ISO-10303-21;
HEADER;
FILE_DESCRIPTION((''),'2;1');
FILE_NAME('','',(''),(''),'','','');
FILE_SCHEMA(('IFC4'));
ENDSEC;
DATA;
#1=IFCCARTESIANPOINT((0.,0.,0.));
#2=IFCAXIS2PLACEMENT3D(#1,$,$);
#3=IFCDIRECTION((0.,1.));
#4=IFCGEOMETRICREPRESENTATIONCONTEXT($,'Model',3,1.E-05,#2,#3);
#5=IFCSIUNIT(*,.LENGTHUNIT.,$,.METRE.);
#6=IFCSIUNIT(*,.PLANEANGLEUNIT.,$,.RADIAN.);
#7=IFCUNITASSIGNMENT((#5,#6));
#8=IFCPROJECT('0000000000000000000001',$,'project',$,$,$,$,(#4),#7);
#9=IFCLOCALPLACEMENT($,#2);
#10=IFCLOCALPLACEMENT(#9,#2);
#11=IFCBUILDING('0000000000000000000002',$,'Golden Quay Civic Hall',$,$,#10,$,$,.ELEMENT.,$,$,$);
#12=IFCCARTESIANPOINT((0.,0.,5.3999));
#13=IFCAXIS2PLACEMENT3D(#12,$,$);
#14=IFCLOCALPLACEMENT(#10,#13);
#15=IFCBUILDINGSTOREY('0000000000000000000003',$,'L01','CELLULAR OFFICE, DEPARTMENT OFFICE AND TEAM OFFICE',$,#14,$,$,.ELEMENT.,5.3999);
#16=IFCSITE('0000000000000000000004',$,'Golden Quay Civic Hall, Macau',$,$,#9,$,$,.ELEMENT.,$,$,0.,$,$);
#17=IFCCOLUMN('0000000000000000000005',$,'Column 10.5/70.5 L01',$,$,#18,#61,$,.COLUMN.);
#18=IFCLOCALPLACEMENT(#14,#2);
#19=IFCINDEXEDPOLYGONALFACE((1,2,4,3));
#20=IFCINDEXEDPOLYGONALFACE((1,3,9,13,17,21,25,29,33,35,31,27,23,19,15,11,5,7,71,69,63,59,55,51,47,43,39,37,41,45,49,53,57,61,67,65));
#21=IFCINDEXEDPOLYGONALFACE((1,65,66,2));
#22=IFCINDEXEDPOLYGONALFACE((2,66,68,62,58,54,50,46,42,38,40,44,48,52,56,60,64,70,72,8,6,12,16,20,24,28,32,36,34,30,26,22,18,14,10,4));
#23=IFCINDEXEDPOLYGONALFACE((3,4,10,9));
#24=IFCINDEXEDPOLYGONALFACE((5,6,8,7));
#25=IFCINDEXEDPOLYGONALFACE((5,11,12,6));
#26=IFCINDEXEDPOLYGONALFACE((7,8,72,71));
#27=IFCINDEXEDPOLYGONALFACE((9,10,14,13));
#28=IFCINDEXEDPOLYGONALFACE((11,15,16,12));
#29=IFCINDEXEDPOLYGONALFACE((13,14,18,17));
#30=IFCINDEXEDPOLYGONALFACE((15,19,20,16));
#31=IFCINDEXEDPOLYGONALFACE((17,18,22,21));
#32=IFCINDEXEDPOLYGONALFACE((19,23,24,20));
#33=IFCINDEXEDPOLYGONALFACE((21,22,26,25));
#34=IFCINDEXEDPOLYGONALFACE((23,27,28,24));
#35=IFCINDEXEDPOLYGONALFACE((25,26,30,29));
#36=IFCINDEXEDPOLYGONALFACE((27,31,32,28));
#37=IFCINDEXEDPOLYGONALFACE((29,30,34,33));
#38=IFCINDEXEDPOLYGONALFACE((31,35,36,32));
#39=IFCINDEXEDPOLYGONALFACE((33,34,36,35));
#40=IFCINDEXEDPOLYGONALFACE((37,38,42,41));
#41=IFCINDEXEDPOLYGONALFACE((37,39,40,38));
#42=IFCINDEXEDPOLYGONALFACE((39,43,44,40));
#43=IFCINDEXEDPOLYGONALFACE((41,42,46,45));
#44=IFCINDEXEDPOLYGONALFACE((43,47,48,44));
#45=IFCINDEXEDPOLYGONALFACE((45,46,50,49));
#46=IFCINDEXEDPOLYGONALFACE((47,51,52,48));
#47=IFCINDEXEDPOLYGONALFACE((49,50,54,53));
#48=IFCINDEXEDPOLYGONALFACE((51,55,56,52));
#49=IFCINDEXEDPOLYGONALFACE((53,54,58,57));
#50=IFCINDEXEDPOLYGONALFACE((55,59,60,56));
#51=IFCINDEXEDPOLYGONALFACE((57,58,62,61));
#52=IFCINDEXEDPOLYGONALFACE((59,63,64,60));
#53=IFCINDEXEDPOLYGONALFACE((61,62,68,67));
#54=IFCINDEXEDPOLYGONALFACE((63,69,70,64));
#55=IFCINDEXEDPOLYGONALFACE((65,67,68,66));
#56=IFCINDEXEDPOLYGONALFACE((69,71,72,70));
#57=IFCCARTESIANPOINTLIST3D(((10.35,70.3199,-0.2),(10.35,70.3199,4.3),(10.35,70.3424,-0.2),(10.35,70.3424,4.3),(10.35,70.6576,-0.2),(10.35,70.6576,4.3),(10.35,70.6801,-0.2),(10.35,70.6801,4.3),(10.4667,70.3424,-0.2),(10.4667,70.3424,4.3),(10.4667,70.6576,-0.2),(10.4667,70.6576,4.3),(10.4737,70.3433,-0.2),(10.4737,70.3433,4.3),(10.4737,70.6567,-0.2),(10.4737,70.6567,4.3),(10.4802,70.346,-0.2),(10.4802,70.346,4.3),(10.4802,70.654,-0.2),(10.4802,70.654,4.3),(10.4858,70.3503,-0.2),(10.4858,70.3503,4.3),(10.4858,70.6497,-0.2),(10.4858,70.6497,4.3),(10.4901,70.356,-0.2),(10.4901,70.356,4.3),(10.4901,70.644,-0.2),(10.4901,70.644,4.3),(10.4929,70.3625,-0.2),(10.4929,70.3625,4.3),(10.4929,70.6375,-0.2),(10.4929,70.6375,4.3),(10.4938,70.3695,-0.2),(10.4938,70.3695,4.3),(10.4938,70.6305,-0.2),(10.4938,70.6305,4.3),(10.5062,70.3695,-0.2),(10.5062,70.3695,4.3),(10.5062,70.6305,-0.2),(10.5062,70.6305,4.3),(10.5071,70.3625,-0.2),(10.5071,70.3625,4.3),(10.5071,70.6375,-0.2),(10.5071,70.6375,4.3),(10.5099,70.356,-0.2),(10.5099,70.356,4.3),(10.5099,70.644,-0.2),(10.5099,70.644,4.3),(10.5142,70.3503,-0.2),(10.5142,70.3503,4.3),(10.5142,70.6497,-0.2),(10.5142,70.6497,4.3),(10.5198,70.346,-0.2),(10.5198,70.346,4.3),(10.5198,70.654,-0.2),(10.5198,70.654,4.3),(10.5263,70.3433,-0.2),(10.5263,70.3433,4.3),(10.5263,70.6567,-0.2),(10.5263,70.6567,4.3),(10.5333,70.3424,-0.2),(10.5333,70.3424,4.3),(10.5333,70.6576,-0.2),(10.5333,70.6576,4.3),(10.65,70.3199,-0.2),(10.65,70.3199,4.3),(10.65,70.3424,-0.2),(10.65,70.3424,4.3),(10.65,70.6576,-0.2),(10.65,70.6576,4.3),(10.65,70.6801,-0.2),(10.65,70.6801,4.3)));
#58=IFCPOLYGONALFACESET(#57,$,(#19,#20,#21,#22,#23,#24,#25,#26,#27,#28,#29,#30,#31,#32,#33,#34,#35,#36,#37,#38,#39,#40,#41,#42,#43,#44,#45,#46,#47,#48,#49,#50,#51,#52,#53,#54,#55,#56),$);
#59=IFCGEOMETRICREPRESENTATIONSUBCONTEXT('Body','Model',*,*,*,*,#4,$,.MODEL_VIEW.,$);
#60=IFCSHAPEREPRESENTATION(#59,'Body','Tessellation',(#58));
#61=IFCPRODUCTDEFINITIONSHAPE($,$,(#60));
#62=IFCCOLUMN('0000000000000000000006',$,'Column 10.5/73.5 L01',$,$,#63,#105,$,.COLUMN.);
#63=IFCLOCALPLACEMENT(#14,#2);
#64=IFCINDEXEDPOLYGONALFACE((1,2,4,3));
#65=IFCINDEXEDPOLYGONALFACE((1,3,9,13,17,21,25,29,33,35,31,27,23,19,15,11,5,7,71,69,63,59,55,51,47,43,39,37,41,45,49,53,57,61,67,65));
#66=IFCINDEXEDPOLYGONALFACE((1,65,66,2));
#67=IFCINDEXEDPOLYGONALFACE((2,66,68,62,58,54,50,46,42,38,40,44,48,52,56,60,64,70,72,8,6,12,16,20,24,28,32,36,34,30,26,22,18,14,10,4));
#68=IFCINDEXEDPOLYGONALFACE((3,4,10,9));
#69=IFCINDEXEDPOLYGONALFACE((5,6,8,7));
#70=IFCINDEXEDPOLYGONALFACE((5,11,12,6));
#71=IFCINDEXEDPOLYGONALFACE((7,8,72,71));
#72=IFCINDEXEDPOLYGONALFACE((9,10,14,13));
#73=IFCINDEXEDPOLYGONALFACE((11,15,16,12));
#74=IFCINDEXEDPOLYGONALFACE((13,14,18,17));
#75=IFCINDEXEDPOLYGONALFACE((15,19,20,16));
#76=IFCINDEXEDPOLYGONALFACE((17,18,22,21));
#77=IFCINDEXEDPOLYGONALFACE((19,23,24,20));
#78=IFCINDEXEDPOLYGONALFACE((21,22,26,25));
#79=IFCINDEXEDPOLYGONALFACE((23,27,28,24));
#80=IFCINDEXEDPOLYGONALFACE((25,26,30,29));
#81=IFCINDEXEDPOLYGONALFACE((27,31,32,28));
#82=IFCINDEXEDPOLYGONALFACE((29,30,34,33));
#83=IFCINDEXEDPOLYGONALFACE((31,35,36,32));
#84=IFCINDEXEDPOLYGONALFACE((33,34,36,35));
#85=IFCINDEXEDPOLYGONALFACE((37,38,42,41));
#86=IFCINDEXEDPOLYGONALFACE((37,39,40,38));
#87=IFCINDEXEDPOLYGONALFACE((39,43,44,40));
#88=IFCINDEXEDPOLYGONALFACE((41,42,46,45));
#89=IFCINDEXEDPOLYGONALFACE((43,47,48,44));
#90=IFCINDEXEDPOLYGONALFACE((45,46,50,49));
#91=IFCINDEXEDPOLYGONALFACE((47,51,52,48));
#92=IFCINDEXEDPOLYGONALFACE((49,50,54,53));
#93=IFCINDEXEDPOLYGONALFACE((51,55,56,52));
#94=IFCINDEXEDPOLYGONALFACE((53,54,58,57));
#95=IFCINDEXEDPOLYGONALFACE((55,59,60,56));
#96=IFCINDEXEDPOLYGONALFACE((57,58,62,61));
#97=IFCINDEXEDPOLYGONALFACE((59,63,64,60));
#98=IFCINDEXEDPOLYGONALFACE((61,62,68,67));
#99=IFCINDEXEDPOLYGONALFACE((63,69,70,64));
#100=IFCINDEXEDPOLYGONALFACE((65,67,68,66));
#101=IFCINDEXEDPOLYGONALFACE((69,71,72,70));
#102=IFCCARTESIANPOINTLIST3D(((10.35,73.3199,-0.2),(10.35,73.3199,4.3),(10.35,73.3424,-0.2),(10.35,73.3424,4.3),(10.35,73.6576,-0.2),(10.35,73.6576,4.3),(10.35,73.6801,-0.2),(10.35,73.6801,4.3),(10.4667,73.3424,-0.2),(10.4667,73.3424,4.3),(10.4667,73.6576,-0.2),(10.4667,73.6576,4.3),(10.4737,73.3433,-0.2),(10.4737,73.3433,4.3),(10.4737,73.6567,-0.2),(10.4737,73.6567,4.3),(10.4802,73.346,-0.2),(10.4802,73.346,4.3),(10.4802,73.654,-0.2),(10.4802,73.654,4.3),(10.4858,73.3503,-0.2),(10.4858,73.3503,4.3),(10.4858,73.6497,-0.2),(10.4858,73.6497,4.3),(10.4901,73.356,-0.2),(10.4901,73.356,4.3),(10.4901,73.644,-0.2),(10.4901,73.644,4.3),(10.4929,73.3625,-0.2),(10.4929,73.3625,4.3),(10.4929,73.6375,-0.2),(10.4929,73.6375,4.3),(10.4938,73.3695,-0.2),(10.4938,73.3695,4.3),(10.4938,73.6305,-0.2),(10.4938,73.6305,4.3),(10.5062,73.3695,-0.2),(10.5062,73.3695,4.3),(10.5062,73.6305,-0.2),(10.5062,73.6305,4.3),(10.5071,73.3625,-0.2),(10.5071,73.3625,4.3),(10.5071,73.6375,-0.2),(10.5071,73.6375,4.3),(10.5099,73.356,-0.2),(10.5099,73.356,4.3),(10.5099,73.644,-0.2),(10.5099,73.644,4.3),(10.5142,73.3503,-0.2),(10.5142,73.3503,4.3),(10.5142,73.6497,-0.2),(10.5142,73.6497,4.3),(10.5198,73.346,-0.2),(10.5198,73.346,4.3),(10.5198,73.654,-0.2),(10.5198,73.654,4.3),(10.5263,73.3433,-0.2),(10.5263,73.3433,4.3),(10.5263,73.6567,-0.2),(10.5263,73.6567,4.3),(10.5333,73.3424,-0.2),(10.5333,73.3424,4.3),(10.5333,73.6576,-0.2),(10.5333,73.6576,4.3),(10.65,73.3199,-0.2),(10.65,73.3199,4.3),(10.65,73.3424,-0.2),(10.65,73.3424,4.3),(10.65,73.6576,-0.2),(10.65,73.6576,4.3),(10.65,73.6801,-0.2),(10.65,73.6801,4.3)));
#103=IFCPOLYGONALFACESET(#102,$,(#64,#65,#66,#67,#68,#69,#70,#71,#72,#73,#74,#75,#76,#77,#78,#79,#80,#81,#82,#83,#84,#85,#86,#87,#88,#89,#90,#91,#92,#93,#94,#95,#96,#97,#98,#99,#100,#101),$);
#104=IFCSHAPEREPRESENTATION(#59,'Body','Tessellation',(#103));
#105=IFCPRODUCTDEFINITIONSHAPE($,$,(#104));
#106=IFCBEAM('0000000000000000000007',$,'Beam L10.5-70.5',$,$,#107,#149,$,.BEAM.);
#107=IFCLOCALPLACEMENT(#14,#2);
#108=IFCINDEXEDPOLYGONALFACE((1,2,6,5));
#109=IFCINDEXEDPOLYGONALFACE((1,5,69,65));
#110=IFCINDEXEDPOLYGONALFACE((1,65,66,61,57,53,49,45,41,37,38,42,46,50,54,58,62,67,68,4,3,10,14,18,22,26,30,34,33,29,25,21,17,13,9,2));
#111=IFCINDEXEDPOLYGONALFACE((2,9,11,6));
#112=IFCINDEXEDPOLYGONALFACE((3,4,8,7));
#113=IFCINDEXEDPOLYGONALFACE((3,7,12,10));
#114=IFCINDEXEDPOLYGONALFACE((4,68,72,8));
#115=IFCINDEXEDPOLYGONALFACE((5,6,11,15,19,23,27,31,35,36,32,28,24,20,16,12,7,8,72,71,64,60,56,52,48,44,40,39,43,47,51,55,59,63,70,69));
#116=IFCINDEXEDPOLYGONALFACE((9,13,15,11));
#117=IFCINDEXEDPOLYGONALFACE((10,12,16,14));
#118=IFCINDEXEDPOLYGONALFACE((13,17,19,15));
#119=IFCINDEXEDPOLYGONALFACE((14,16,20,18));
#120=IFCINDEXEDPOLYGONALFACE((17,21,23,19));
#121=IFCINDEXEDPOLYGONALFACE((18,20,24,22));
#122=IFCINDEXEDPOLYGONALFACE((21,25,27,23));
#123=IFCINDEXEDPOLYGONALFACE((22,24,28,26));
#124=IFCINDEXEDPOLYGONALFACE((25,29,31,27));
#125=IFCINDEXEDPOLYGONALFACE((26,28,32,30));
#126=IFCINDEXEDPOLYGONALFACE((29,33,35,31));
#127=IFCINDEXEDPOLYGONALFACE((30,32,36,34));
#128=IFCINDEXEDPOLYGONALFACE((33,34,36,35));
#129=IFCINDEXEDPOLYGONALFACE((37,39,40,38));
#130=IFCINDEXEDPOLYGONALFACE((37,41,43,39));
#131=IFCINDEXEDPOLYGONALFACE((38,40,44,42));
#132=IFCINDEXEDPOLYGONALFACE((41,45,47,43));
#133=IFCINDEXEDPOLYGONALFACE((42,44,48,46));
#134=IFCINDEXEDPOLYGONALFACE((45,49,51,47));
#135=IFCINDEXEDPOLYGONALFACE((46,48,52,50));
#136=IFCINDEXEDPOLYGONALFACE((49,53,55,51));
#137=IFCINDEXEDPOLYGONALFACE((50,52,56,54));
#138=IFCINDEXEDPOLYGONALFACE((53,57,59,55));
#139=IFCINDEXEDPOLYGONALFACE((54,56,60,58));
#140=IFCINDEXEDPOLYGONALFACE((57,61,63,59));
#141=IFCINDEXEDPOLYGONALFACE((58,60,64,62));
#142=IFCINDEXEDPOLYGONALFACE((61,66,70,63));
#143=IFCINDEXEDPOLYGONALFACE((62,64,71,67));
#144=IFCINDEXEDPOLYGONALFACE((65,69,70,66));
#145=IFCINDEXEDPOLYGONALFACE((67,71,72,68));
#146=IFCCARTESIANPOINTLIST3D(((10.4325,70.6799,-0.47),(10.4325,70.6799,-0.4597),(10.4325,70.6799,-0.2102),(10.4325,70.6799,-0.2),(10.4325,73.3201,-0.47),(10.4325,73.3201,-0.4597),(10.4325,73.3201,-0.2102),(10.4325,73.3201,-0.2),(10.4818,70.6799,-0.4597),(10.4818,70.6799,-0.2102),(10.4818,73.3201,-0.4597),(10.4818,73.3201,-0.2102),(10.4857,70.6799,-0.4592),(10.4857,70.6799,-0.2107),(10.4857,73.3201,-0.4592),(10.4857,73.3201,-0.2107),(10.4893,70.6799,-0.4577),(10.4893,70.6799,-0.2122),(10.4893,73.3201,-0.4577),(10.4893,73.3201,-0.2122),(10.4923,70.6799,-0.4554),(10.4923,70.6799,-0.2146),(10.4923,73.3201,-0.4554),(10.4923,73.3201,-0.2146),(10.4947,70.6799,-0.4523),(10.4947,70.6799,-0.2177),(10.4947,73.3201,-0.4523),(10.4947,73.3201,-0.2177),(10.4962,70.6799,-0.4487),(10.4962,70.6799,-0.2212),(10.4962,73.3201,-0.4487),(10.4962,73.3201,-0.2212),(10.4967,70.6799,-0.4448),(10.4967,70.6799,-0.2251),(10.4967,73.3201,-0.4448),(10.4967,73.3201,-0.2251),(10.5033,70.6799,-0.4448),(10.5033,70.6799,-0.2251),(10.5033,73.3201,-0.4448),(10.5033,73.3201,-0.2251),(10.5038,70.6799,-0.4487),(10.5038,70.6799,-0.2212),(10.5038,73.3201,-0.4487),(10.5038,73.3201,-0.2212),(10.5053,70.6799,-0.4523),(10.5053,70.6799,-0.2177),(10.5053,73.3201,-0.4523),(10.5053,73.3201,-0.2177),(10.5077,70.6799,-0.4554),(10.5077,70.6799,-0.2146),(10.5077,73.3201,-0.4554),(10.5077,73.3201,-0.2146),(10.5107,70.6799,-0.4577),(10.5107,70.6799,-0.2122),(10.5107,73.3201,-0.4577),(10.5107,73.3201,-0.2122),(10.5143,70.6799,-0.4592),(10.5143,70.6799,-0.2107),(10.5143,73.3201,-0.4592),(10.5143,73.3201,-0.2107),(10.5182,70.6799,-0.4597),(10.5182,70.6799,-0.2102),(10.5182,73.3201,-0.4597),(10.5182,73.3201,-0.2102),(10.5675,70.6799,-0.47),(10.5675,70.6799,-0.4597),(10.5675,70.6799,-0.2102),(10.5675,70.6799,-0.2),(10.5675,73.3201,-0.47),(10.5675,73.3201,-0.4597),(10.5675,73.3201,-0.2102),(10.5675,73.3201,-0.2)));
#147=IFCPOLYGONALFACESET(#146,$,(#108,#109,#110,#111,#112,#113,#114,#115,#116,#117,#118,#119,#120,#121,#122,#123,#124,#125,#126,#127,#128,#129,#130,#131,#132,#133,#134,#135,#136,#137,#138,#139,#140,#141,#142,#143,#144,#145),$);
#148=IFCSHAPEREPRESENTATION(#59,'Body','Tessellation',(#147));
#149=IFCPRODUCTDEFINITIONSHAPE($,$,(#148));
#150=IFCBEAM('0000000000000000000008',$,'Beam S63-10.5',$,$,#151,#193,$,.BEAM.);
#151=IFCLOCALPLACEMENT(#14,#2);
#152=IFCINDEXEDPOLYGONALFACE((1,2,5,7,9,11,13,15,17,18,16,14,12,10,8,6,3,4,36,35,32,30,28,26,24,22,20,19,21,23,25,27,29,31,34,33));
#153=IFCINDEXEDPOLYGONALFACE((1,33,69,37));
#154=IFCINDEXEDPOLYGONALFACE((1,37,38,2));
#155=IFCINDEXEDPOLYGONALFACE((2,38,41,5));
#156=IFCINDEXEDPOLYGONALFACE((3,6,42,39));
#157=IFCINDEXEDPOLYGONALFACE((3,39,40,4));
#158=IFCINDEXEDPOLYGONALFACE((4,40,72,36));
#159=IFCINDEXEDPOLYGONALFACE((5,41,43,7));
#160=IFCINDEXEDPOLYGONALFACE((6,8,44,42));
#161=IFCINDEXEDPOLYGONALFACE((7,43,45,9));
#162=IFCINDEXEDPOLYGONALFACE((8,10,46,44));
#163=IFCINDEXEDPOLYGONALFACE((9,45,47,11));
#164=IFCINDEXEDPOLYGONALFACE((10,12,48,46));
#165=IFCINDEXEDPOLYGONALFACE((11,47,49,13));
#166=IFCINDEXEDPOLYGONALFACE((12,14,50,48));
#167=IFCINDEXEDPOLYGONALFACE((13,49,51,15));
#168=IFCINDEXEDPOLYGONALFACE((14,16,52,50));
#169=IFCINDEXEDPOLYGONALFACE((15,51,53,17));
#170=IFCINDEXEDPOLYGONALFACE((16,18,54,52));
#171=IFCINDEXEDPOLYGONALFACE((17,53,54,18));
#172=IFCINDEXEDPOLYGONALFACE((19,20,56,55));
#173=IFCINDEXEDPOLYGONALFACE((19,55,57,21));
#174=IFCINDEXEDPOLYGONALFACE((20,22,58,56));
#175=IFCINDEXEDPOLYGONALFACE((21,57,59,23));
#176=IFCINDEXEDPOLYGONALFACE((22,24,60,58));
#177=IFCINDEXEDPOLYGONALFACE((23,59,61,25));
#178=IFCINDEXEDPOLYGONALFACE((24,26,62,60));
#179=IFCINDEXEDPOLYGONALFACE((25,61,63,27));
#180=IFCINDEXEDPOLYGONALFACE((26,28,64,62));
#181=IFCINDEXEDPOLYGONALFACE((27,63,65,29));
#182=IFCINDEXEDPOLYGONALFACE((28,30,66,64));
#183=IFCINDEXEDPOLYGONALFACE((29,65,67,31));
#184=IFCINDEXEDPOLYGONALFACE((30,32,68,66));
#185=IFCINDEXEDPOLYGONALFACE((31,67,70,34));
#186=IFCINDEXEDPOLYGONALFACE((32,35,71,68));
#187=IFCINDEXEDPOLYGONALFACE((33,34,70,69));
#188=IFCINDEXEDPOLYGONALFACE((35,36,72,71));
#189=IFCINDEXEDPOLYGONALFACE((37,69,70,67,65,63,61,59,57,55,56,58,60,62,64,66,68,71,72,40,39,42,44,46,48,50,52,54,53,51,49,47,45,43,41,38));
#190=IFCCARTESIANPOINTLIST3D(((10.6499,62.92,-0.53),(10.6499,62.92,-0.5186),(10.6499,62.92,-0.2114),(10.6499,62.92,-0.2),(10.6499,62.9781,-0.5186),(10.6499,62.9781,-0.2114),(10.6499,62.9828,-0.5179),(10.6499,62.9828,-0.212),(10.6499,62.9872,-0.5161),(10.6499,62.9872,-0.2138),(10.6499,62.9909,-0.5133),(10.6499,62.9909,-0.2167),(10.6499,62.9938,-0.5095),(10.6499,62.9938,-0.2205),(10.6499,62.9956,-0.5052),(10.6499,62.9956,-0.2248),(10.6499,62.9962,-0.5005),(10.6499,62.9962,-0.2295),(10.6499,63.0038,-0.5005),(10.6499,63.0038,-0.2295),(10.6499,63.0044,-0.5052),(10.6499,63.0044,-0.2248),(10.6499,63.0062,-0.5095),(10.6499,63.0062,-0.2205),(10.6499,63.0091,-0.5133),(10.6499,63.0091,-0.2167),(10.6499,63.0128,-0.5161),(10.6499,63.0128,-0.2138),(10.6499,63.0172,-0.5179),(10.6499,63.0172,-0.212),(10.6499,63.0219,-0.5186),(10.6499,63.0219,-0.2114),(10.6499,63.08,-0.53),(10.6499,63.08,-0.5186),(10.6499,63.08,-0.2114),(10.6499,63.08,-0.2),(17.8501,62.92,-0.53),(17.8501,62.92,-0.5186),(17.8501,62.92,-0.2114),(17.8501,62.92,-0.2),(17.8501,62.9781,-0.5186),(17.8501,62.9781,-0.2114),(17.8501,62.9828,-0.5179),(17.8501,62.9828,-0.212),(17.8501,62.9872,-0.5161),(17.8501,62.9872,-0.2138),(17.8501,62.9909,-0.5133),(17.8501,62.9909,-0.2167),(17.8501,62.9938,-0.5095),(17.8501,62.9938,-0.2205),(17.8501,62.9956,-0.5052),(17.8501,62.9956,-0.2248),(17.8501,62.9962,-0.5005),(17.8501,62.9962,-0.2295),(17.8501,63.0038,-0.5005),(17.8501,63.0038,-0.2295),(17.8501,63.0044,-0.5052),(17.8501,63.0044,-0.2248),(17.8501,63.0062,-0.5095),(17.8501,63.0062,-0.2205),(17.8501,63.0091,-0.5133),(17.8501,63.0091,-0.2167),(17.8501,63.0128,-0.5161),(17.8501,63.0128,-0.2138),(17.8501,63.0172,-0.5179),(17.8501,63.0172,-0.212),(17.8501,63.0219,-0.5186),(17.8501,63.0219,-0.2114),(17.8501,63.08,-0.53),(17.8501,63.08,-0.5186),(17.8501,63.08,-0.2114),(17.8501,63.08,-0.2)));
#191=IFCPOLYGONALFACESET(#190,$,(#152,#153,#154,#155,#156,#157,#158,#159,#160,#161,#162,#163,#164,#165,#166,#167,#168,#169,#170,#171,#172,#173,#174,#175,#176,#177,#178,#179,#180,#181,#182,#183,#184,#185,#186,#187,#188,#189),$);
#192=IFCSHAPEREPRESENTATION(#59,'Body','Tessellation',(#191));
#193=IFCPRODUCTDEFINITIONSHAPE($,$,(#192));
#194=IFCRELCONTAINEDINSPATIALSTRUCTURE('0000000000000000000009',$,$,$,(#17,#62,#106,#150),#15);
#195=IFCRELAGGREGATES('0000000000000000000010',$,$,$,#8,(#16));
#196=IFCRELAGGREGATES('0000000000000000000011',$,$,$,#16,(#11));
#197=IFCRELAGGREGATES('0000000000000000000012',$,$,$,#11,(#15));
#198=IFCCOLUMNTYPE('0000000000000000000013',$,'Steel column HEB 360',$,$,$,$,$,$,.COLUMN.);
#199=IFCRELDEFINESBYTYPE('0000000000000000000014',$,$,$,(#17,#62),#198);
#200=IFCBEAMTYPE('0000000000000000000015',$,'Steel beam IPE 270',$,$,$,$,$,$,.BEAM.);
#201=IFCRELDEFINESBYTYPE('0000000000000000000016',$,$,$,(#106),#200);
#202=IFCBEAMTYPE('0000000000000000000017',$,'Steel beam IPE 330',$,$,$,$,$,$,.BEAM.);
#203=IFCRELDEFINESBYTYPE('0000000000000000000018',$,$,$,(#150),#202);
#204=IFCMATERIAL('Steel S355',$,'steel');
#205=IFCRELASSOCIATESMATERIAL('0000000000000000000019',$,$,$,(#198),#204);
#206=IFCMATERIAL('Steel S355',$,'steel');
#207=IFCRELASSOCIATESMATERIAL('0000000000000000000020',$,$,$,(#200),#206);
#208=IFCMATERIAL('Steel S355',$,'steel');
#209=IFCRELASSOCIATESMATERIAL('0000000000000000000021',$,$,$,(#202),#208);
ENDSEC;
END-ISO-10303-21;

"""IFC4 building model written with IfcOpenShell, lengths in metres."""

from ifc_helpers import new_model, si_unit, direction, frame, origin, origin_2d, place, context, subcontext, project, spatial, i_section, extrude, material, material_profile, profile_set, type_object, element, save


model = new_model("IFC4")

# Units and contexts
model_context = context("Model", 3, precision=1e-05, world=origin(), true_north=direction((0.0, 1.0)))
body_context = subcontext(model_context, "Body", "Model", "MODEL_VIEW")
ifc_project = project(units=[si_unit("LENGTHUNIT", "METRE"), si_unit("PLANEANGLEUNIT", "RADIAN")], contexts=[model_context])

# Site, building, storey
site_placement = place(None, origin())
site = spatial("IfcSite", under=ifc_project, at=site_placement, Name="Golden Quay Civic Hall, Macau", CompositionType="ELEMENT", RefElevation=0.0)
building_placement = place(site_placement, origin())
building = spatial("IfcBuilding", under=site, at=building_placement, Name="Golden Quay Civic Hall", CompositionType="ELEMENT")
storey_placement = place(building_placement, frame((0.0, 0.0, 5.3999)))
storey = spatial("IfcBuildingStorey", under=building, at=storey_placement, Name="L01", Description="CELLULAR OFFICE, DEPARTMENT OFFICE AND TEAM OFFICE", CompositionType="ELEMENT", Elevation=5.3999)

# Columns
ifc_material_1 = material(Name="Steel S355", Category="steel")
ifc_material_profile_1 = material_profile(ifc_material_1, i_section(OverallWidth=0.3, OverallDepth=0.3601, WebThickness=0.0125, FlangeThickness=0.0225, FilletRadius=0.0271, at=origin_2d()), Name="HEB 360")
ifc_profile_set_1 = profile_set([ifc_material_profile_1], Name="Steel S355")
column_type = type_object("IfcColumnType", Name="Steel column HEB 360", PredefinedType="COLUMN", material=ifc_profile_set_1)
for number, where, z_axis, x_axis, name in (
    (1, (10.5, 70.5, -0.2), (0.0, 0.0, 1.0), (1.0, 0.0, 0.0), "Column 10.5/70.5 L01"),
    (2, (10.5, 73.5, -0.2), (0.0, 0.0, 1.0), (1.0, 0.0, 0.0), "Column 10.5/73.5 L01"),
):
    element("IfcColumn", number, at=place(storey_placement, frame(where, z_axis=z_axis, x_axis=x_axis)), inside=storey, type_object=column_type, Name=name, PredefinedType="COLUMN", context=body_context, shape_type="SweptSolid", body=[
        extrude(i_section(OverallWidth=0.3, OverallDepth=0.3601, WebThickness=0.0125, FlangeThickness=0.0225, FilletRadius=0.0271, at=origin_2d()), origin(), (0.0, 0.0, 1.0), 4.5),
    ])

# Beams
ifc_material_2 = material(Name="Steel S355", Category="steel")
ifc_material_profile_2 = material_profile(ifc_material_2, i_section(OverallWidth=0.135, OverallDepth=0.27, WebThickness=0.0066, FlangeThickness=0.0103, FilletRadius=0.0149, at=origin_2d()), Name="IPE 270")
ifc_profile_set_2 = profile_set([ifc_material_profile_2], Name="Steel S355")
beam_type_1 = type_object("IfcBeamType", Name="Steel beam IPE 270", PredefinedType="BEAM", material=ifc_profile_set_2)
beam_1_placement = place(storey_placement, frame((10.5, 70.6799, -0.335), z_axis=(0.0, 1.0, 0.0), x_axis=(-1.0, 0.0, 0.0)))
element("IfcBeam", 3, at=beam_1_placement, inside=storey, type_object=beam_type_1, Name="Beam L10.5-70.5", PredefinedType="BEAM", context=body_context, shape_type="SweptSolid", body=[
    extrude(i_section(OverallWidth=0.135, OverallDepth=0.27, WebThickness=0.0066, FlangeThickness=0.0103, FilletRadius=0.0149, at=origin_2d()), origin(), (0.0, 0.0, 1.0), 2.6401),
])
ifc_material_3 = material(Name="Steel S355", Category="steel")
ifc_material_profile_3 = material_profile(ifc_material_3, i_section(OverallWidth=0.1599, OverallDepth=0.3301, WebThickness=0.0076, FlangeThickness=0.0115, FilletRadius=0.0181, at=origin_2d()), Name="IPE 330")
ifc_profile_set_3 = profile_set([ifc_material_profile_3], Name="Steel S355")
beam_type_2 = type_object("IfcBeamType", Name="Steel beam IPE 330", PredefinedType="BEAM", material=ifc_profile_set_3)
for number, where, z_axis, x_axis, name in (
    (4, (10.6499, 63.0, -0.365), (1.0, 0.0, 0.0), (0.0, 1.0, 0.0), "Beam S63-10.5"),
):
    element("IfcBeam", number, at=place(storey_placement, frame(where, z_axis=z_axis, x_axis=x_axis)), inside=storey, type_object=beam_type_2, Name=name, PredefinedType="BEAM", context=body_context, shape_type="SweptSolid", body=[
        extrude(i_section(OverallWidth=0.1599, OverallDepth=0.3301, WebThickness=0.0076, FlangeThickness=0.0115, FilletRadius=0.0181, at=origin_2d()), origin(), (0.0, 0.0, 1.0), 7.2002),
    ])

save(model, "model.ifc")
